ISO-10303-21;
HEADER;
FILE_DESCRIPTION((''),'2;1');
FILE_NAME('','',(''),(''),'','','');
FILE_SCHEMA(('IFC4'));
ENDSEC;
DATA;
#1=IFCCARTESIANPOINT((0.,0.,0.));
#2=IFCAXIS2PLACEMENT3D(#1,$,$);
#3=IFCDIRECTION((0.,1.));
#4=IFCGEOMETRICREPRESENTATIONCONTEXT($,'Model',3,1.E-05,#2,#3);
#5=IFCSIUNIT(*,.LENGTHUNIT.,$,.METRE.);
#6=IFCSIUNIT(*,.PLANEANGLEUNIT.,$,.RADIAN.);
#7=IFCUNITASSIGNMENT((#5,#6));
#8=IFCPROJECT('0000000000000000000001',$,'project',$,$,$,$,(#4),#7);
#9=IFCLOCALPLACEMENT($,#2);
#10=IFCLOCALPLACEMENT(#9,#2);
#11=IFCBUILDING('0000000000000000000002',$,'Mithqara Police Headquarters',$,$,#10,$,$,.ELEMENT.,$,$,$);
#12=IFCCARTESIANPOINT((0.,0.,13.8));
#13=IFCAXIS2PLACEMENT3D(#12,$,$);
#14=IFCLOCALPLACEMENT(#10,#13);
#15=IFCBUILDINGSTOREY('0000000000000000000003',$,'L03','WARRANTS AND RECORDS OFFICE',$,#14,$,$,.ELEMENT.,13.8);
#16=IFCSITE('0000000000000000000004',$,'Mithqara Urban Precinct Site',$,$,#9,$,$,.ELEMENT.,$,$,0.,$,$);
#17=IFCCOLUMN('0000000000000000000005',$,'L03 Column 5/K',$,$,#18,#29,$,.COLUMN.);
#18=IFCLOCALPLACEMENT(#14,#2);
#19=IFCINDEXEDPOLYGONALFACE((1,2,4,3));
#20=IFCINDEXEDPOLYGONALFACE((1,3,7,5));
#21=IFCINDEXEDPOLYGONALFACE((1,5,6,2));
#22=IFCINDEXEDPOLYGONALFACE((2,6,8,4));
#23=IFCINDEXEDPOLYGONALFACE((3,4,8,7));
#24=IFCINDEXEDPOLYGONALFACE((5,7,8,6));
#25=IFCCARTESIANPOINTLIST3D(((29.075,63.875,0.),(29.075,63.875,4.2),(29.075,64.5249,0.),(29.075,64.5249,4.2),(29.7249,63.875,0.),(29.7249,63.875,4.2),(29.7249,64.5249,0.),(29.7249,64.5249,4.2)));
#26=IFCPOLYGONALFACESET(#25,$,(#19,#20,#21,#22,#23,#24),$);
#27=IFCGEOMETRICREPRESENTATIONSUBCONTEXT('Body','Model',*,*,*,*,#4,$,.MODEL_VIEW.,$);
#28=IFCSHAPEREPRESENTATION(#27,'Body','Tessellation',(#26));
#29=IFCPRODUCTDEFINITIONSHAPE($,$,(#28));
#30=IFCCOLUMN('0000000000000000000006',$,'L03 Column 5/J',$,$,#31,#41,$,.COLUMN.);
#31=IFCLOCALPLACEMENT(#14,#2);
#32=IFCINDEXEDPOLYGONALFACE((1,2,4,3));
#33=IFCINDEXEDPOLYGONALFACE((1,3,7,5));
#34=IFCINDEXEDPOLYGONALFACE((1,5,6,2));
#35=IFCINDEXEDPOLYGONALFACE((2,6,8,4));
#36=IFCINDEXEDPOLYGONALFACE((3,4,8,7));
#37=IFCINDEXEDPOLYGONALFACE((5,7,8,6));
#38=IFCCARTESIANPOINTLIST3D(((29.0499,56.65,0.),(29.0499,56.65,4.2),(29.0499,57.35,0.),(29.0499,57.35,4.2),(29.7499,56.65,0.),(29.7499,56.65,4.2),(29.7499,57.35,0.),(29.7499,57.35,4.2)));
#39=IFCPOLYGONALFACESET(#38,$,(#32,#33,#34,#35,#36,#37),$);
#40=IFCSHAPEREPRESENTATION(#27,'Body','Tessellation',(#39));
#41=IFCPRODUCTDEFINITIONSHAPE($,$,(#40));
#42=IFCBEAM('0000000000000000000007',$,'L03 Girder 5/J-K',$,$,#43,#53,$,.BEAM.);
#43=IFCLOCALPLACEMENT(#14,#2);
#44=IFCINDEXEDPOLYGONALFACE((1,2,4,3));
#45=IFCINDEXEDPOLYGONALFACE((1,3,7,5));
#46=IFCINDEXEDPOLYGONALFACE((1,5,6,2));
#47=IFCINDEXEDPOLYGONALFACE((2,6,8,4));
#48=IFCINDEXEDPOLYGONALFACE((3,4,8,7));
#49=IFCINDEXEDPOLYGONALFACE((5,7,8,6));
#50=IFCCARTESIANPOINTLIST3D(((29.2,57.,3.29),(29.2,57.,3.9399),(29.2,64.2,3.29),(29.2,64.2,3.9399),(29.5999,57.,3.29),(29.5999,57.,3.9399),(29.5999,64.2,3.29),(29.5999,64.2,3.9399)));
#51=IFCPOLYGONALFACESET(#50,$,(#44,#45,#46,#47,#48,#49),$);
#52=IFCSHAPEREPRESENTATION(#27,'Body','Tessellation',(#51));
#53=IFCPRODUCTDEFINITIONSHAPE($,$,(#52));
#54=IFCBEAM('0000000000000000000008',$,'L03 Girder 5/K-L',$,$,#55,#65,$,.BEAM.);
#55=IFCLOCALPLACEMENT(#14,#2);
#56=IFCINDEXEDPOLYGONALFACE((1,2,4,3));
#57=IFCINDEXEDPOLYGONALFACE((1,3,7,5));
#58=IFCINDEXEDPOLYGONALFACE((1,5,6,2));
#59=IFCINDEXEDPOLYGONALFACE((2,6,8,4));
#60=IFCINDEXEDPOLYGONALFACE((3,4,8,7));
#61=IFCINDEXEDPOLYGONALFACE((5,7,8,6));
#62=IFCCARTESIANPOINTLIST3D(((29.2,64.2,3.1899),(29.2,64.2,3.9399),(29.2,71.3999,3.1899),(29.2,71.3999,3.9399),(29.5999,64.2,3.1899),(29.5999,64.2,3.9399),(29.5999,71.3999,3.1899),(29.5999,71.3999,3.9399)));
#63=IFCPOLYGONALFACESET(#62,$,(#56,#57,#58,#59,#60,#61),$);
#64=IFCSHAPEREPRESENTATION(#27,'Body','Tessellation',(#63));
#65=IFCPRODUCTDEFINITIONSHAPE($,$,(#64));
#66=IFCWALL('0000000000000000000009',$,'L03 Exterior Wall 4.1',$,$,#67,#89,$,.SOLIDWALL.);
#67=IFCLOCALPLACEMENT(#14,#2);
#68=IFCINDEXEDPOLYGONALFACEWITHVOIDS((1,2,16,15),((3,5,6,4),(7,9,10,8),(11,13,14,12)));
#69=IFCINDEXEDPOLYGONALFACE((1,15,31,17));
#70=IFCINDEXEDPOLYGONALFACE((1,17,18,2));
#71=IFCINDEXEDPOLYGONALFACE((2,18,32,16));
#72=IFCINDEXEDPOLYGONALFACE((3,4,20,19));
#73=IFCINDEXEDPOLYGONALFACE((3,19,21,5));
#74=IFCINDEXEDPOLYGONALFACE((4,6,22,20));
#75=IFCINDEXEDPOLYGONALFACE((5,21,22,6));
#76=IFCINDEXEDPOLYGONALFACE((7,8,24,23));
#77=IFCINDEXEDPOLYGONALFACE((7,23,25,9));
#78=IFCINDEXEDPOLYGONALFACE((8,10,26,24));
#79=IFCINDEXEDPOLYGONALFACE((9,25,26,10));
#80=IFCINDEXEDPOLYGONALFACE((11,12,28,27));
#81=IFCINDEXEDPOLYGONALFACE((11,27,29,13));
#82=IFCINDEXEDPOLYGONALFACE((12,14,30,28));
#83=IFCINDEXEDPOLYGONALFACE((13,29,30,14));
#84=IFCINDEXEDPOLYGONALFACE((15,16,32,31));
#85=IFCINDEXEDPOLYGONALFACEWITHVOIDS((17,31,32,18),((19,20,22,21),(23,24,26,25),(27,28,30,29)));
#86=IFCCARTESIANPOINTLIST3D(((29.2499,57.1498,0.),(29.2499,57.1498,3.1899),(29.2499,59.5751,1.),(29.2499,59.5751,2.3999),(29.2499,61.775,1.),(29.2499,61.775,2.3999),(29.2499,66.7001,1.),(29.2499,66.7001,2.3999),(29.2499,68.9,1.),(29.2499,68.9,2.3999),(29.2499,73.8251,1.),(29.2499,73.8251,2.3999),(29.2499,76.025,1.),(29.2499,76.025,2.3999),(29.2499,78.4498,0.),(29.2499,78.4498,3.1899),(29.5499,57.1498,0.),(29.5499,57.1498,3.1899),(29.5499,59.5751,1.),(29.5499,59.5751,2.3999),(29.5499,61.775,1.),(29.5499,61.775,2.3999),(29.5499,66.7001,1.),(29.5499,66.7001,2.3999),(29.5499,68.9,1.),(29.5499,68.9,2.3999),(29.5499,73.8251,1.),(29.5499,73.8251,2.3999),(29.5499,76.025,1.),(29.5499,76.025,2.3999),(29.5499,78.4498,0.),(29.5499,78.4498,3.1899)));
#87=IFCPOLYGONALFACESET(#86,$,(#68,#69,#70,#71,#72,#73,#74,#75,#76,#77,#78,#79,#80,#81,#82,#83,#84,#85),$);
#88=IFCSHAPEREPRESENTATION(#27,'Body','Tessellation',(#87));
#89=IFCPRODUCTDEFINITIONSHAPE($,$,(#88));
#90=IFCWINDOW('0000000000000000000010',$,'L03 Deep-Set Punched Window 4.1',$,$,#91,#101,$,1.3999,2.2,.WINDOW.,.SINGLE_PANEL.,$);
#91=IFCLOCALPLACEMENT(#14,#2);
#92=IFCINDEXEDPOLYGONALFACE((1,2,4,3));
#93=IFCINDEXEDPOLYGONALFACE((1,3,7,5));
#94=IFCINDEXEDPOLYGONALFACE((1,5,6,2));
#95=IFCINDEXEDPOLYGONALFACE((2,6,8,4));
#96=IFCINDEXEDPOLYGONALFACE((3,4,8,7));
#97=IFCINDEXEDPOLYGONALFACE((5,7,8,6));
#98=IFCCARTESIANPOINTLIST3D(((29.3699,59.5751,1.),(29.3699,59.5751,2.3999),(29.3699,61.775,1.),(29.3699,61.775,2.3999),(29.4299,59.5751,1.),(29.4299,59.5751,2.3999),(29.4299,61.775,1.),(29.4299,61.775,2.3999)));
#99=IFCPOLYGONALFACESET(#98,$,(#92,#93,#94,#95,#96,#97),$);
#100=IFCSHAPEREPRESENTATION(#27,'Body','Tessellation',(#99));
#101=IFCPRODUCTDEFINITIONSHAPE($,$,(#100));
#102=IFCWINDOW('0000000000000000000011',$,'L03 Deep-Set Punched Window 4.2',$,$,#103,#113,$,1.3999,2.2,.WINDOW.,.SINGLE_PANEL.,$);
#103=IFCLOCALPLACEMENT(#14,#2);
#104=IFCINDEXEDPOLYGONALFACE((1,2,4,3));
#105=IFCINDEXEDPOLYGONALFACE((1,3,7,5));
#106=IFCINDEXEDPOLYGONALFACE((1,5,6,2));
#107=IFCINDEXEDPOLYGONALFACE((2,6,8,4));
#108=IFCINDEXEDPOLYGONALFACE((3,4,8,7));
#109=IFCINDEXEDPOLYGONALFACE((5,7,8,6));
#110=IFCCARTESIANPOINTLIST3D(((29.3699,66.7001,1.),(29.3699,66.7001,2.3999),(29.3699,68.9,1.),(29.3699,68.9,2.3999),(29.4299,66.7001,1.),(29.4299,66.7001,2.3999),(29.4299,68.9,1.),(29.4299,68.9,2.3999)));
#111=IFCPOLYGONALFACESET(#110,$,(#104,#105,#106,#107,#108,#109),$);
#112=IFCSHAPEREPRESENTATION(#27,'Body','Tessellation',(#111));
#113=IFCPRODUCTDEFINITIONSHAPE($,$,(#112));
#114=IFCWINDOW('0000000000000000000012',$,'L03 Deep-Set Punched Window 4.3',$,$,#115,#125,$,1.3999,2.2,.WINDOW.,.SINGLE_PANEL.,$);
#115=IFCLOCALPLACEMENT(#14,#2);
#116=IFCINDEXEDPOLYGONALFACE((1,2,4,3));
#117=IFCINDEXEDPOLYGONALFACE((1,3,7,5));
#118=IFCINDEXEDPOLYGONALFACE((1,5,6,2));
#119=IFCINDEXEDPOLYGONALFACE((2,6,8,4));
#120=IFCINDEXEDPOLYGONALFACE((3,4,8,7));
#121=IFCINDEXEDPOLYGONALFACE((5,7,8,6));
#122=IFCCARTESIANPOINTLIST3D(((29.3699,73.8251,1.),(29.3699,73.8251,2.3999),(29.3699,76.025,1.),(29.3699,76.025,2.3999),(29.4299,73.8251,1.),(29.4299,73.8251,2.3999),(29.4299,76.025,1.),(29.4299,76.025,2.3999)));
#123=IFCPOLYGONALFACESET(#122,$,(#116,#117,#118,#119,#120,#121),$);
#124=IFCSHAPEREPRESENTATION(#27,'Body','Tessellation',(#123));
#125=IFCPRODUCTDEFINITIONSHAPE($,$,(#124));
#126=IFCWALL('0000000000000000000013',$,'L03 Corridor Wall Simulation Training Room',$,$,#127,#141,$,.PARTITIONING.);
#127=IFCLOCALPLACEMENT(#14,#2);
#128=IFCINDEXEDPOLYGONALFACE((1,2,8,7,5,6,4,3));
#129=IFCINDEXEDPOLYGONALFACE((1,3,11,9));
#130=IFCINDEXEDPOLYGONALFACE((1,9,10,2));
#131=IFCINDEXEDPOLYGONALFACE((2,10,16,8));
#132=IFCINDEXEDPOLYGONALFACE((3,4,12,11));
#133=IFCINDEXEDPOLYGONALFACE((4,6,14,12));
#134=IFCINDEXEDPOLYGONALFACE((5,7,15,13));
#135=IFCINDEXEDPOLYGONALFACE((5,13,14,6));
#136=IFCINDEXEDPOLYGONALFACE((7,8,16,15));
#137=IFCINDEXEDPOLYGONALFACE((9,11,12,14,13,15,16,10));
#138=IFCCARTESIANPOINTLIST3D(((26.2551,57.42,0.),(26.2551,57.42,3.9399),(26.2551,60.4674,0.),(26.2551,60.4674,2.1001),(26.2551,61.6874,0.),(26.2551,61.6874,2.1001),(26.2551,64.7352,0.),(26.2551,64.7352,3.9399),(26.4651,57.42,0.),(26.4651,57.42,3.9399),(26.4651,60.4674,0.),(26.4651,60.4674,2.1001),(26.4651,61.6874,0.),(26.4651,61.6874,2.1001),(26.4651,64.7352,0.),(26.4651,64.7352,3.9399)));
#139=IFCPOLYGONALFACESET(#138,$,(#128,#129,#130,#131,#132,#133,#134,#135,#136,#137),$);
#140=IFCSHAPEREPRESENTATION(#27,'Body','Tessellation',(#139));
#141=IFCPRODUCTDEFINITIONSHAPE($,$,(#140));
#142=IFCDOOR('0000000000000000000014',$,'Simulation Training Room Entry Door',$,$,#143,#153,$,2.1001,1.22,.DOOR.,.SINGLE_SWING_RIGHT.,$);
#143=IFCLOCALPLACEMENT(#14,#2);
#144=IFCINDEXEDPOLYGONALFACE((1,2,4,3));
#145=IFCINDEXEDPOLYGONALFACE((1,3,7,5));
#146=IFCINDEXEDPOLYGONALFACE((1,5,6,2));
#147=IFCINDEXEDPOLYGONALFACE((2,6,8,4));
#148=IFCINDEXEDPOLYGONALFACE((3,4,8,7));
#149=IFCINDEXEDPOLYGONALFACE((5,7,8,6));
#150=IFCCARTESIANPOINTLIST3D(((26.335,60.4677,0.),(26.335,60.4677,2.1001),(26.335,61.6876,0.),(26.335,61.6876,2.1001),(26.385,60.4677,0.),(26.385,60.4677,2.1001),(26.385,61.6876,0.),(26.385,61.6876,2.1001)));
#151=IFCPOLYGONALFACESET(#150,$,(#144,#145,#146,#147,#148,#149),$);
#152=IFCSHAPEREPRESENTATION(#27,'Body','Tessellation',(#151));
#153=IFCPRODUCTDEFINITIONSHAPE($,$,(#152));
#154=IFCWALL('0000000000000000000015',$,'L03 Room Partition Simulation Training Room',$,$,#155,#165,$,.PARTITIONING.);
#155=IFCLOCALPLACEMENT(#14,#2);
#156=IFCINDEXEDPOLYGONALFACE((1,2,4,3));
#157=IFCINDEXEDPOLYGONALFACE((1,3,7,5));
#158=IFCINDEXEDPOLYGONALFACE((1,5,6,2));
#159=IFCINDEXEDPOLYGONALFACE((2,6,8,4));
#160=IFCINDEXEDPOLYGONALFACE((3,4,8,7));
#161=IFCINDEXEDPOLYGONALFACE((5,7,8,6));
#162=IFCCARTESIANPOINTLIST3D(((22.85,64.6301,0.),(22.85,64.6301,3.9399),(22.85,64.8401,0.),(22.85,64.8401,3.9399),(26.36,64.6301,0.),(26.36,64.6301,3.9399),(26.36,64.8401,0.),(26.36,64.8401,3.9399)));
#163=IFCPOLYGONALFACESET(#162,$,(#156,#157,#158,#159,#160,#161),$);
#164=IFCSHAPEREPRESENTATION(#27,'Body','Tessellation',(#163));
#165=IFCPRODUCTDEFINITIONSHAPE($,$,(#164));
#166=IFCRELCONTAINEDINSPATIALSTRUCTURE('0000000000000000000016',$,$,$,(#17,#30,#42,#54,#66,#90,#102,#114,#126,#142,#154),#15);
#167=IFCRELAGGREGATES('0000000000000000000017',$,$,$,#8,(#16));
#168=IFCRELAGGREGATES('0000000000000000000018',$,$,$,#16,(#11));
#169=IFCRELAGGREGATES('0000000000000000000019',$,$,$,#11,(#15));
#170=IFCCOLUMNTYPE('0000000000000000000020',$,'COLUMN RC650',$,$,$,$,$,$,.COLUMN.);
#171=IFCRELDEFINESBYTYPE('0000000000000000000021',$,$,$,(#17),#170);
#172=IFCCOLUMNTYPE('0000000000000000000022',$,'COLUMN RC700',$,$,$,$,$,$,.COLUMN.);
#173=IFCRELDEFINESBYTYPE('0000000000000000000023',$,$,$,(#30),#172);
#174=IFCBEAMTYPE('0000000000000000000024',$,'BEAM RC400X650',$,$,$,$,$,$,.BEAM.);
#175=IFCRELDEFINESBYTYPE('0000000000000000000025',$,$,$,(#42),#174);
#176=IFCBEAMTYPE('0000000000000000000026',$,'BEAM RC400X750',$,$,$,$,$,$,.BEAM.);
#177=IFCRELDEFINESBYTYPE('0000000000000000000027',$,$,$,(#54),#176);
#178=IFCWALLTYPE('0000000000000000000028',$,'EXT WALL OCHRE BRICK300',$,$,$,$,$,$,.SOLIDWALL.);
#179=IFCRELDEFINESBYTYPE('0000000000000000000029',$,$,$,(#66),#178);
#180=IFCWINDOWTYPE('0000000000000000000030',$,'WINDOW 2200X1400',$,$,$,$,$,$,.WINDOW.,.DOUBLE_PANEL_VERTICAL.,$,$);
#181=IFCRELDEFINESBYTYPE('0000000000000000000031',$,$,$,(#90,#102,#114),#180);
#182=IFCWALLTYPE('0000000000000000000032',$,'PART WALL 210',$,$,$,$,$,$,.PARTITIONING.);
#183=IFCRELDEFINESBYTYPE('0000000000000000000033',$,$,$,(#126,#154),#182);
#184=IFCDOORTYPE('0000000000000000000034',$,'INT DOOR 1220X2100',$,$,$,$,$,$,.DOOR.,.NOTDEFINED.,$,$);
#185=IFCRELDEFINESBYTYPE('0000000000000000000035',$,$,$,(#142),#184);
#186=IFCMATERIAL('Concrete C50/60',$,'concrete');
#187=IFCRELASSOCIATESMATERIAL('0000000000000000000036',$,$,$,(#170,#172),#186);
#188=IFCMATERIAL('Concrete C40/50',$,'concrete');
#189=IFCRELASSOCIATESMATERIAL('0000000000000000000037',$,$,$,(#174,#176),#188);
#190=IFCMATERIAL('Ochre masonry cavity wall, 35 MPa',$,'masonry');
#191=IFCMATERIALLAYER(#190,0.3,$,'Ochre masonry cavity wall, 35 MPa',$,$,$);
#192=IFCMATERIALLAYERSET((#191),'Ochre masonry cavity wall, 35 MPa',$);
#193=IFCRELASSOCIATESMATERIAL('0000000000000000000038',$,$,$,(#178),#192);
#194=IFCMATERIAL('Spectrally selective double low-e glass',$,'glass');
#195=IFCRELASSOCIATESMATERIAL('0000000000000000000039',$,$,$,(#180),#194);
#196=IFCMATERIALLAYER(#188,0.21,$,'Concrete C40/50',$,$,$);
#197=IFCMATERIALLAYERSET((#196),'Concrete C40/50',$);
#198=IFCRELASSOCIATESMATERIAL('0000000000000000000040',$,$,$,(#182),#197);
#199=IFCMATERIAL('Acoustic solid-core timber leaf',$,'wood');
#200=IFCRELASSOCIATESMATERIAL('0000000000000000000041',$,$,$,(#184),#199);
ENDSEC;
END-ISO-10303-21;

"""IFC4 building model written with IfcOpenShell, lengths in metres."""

from ifc_helpers import new_model, si_unit, direction, frame, frame_2d, origin, origin_2d, place, context, subcontext, project, spatial, rectangle, extrude, material, layer, layer_set, material_profile, profile_set, type_object, element, fill, save


model = new_model("IFC4")

# Units and contexts
model_context = context("Model", 3, precision=1e-05, world=origin(), true_north=direction((0.0, 1.0)))
body_context = subcontext(model_context, "Body", "Model", "MODEL_VIEW")
ifc_project = project(units=[si_unit("LENGTHUNIT", "METRE"), si_unit("PLANEANGLEUNIT", "RADIAN")], contexts=[model_context])

# Site, building, storey
site_placement = place(None, origin())
site = spatial("IfcSite", under=ifc_project, at=site_placement, Name="Mithqara Urban Precinct Site", CompositionType="ELEMENT", RefElevation=0.0)
building_placement = place(site_placement, origin())
building = spatial("IfcBuilding", under=site, at=building_placement, Name="Mithqara Police Headquarters", CompositionType="ELEMENT")
storey_placement = place(building_placement, frame((0.0, 0.0, 13.8)))
storey = spatial("IfcBuildingStorey", under=building, at=storey_placement, Name="L03", Description="WARRANTS AND RECORDS OFFICE", CompositionType="ELEMENT", Elevation=13.8)

# Columns
ifc_material_1 = material(Name="Concrete C50/60", Category="concrete")
ifc_material_profile_1 = material_profile(ifc_material_1, rectangle(XDim=0.6499, YDim=0.6499, at=origin_2d()), Name="RC 650x650")
ifc_profile_set_1 = profile_set([ifc_material_profile_1], Name="Concrete C50/60")
column_type_1 = type_object("IfcColumnType", Name="COLUMN RC650", PredefinedType="COLUMN", material=ifc_profile_set_1)
column_1_placement = place(storey_placement, frame((29.3999, 64.2, 0.0), z_axis=(0.0, 0.0, 1.0), x_axis=(1.0, 0.0, 0.0)))
element("IfcColumn", 1, at=column_1_placement, inside=storey, type_object=column_type_1, Name="L03 Column 5/K", PredefinedType="COLUMN", context=body_context, shape_type="SweptSolid", body=[
    extrude(rectangle(XDim=0.6499, YDim=0.6499, at=origin_2d()), origin(), (0.0, 0.0, 1.0), 4.2),
])
ifc_material_profile_2 = material_profile(ifc_material_1, rectangle(XDim=0.7, YDim=0.7, at=origin_2d()), Name="RC 700x700")
ifc_profile_set_2 = profile_set([ifc_material_profile_2], Name="Concrete C50/60")
column_type_2 = type_object("IfcColumnType", Name="COLUMN RC700", PredefinedType="COLUMN", material=ifc_profile_set_2)
column_2_placement = place(storey_placement, frame((29.3999, 57.0, 0.0), z_axis=(0.0, 0.0, 1.0), x_axis=(1.0, 0.0, 0.0)))
element("IfcColumn", 2, at=column_2_placement, inside=storey, type_object=column_type_2, Name="L03 Column 5/J", PredefinedType="COLUMN", context=body_context, shape_type="SweptSolid", body=[
    extrude(rectangle(XDim=0.7, YDim=0.7, at=origin_2d()), origin(), (0.0, 0.0, 1.0), 4.2),
])

# Beams
ifc_material_2 = material(Name="Concrete C40/50", Category="concrete")
ifc_material_profile_3 = material_profile(ifc_material_2, rectangle(XDim=0.3999, YDim=0.6499, at=origin_2d()), Name="RC 400x650")
ifc_profile_set_3 = profile_set([ifc_material_profile_3], Name="Concrete C40/50")
beam_type_1 = type_object("IfcBeamType", Name="BEAM RC400X650", PredefinedType="BEAM", material=ifc_profile_set_3)
beam_1_placement = place(storey_placement, frame((29.3999, 57.0, 3.615), z_axis=(0.0, 1.0, 0.0), x_axis=(-1.0, 0.0, 0.0)))
element("IfcBeam", 3, at=beam_1_placement, inside=storey, type_object=beam_type_1, Name="L03 Girder 5/J-K", PredefinedType="BEAM", context=body_context, shape_type="SweptSolid", body=[
    extrude(rectangle(XDim=0.3999, YDim=0.6499, at=origin_2d()), origin(), (0.0, 0.0, 1.0), 7.2),
])
ifc_material_profile_4 = material_profile(ifc_material_2, rectangle(XDim=0.3999, YDim=0.75, at=origin_2d()), Name="RC 400x750")
ifc_profile_set_4 = profile_set([ifc_material_profile_4], Name="Concrete C40/50")
beam_type_2 = type_object("IfcBeamType", Name="BEAM RC400X750", PredefinedType="BEAM", material=ifc_profile_set_4)
beam_2_placement = place(storey_placement, frame((29.3999, 64.2, 3.5649), z_axis=(0.0, 1.0, 0.0), x_axis=(-1.0, 0.0, 0.0)))
element("IfcBeam", 4, at=beam_2_placement, inside=storey, type_object=beam_type_2, Name="L03 Girder 5/K-L", PredefinedType="BEAM", context=body_context, shape_type="SweptSolid", body=[
    extrude(rectangle(XDim=0.3999, YDim=0.75, at=origin_2d()), origin(), (0.0, 0.0, 1.0), 7.2),
])

# Wall, openings, windows
ifc_material_3 = material(Name="Ochre masonry cavity wall, 35 MPa", Category="masonry")
ifc_layer_1 = layer(ifc_material_3, 0.3, Name="Ochre masonry cavity wall, 35 MPa")
ifc_layer_set_1 = layer_set([ifc_layer_1], Name="Ochre masonry cavity wall, 35 MPa")
wall_type_1 = type_object("IfcWallType", Name="EXT WALL OCHRE BRICK300", PredefinedType="SOLIDWALL", material=ifc_layer_set_1)
wall_1_placement = place(storey_placement, frame((29.3999, 57.1499, 0.0), z_axis=(0.0, 0.0, 1.0), x_axis=(0.0, 1.0, 0.0)))
wall_1 = element("IfcWall", 5, at=wall_1_placement, inside=storey, type_object=wall_type_1, Name="L03 Exterior Wall 4.1", PredefinedType="SOLIDWALL", context=body_context, shape_type="SweptSolid", body=[
    extrude(rectangle(XDim=21.3, YDim=0.3, at=frame_2d((10.6499, 0.0))), origin(), (0.0, 0.0, 1.0), 3.1899),
])
opening_1_placement = place(wall_1_placement, frame((2.425, 0.0, 1.0)))
opening_1 = element("IfcOpeningElement", 6, at=opening_1_placement, cuts=wall_1, PredefinedType="OPENING", context=body_context, shape_type="SweptSolid", body=[
    extrude(rectangle(XDim=2.2, YDim=1.3999, at=frame_2d((1.1001, 0.7))), frame((0.0, 0.1602, 0.0), z_axis=(0.0, -1.0, 0.0), x_axis=(1.0, 0.0, 0.0)), (0.0, 0.0, 1.0), 0.3201),
])
opening_2_placement = place(wall_1_placement, frame((9.55, 0.0, 1.0)))
opening_2 = element("IfcOpeningElement", 7, at=opening_2_placement, cuts=wall_1, PredefinedType="OPENING", context=body_context, shape_type="SweptSolid", body=[
    extrude(rectangle(XDim=2.2, YDim=1.3999, at=frame_2d((1.1001, 0.7))), frame((0.0, 0.1602, 0.0), z_axis=(0.0, -1.0, 0.0), x_axis=(1.0, 0.0, 0.0)), (0.0, 0.0, 1.0), 0.3201),
])
opening_3_placement = place(wall_1_placement, frame((16.675, 0.0, 1.0)))
opening_3 = element("IfcOpeningElement", 8, at=opening_3_placement, cuts=wall_1, PredefinedType="OPENING", context=body_context, shape_type="SweptSolid", body=[
    extrude(rectangle(XDim=2.2, YDim=1.3999, at=frame_2d((1.1001, 0.7))), frame((0.0, 0.1602, 0.0), z_axis=(0.0, -1.0, 0.0), x_axis=(1.0, 0.0, 0.0)), (0.0, 0.0, 1.0), 0.3201),
])
ifc_material_4 = material(Name="Spectrally selective double low-e glass", Category="glass")
window_type = type_object("IfcWindowType", Name="WINDOW 2200X1400", PartitioningType="DOUBLE_PANEL_VERTICAL", PredefinedType="WINDOW", material=ifc_material_4)
window_1_placement = place(opening_1_placement, origin())
window_1 = element("IfcWindow", 9, at=window_1_placement, inside=storey, type_object=window_type, Name="L03 Deep-Set Punched Window 4.1", OverallHeight=1.3999, OverallWidth=2.2, PartitioningType="SINGLE_PANEL", PredefinedType="WINDOW", context=body_context, shape_type="SweptSolid", body=[
    extrude(rectangle(XDim=2.2, YDim=1.3999, at=frame_2d((1.1001, 0.7))), frame((0.0, 0.03, 0.0), z_axis=(0.0, -1.0, 0.0), x_axis=(1.0, 0.0, 0.0)), (0.0, 0.0, 1.0), 0.0601),
])
fill(opening_1, window_1)
window_2_placement = place(opening_2_placement, origin())
window_2 = element("IfcWindow", 10, at=window_2_placement, inside=storey, type_object=window_type, Name="L03 Deep-Set Punched Window 4.2", OverallHeight=1.3999, OverallWidth=2.2, PartitioningType="SINGLE_PANEL", PredefinedType="WINDOW", context=body_context, shape_type="SweptSolid", body=[
    extrude(rectangle(XDim=2.2, YDim=1.3999, at=frame_2d((1.1001, 0.7))), frame((0.0, 0.03, 0.0), z_axis=(0.0, -1.0, 0.0), x_axis=(1.0, 0.0, 0.0)), (0.0, 0.0, 1.0), 0.0601),
])
fill(opening_2, window_2)
window_3_placement = place(opening_3_placement, origin())
window_3 = element("IfcWindow", 11, at=window_3_placement, inside=storey, type_object=window_type, Name="L03 Deep-Set Punched Window 4.3", OverallHeight=1.3999, OverallWidth=2.2, PartitioningType="SINGLE_PANEL", PredefinedType="WINDOW", context=body_context, shape_type="SweptSolid", body=[
    extrude(rectangle(XDim=2.2, YDim=1.3999, at=frame_2d((1.1001, 0.7))), frame((0.0, 0.03, 0.0), z_axis=(0.0, -1.0, 0.0), x_axis=(1.0, 0.0, 0.0)), (0.0, 0.0, 1.0), 0.0601),
])
fill(opening_3, window_3)

# Wall, opening, door
ifc_layer_2 = layer(ifc_material_2, 0.21, Name="Concrete C40/50")
ifc_layer_set_2 = layer_set([ifc_layer_2], Name="Concrete C40/50")
wall_type_2 = type_object("IfcWallType", Name="PART WALL 210", PredefinedType="PARTITIONING", material=ifc_layer_set_2)
wall_2_placement = place(storey_placement, frame((26.3601, 57.4199, 0.0), z_axis=(0.0, 0.0, 1.0), x_axis=(0.0, 1.0, 0.0)))
wall_2 = element("IfcWall", 12, at=wall_2_placement, inside=storey, type_object=wall_type_2, Name="L03 Corridor Wall Simulation Training Room", PredefinedType="PARTITIONING", context=body_context, shape_type="SweptSolid", body=[
    extrude(rectangle(XDim=7.3152, YDim=0.21, at=frame_2d((3.6577, 0.0))), origin(), (0.0, 0.0, 1.0), 3.9399),
])
opening_4_placement = place(wall_2_placement, frame((3.0476, 0.0, 0.0)))
opening_4 = element("IfcOpeningElement", 13, at=opening_4_placement, cuts=wall_2, PredefinedType="OPENING", context=body_context, shape_type="SweptSolid", body=[
    extrude(rectangle(XDim=1.22, YDim=2.1001, at=frame_2d((0.6099, 1.05))), frame((0.0, 0.115, 0.0), z_axis=(0.0, -1.0, 0.0), x_axis=(1.0, 0.0, 0.0)), (0.0, 0.0, 1.0), 0.23),
])
ifc_material_5 = material(Name="Acoustic solid-core timber leaf", Category="wood")
door_type_1 = type_object("IfcDoorType", Name="INT DOOR 1220X2100", OperationType="NOTDEFINED", PredefinedType="DOOR", material=ifc_material_5)
door_1_placement = place(opening_4_placement, frame((1.22, 0.0, 0.0), z_axis=(0.0, 0.0, 1.0), x_axis=(-1.0, 0.0, 0.0)))
door_1 = element("IfcDoor", 14, at=door_1_placement, inside=storey, type_object=door_type_1, Name="Simulation Training Room Entry Door", OperationType="SINGLE_SWING_RIGHT", OverallHeight=2.1001, OverallWidth=1.22, PredefinedType="DOOR", context=body_context, shape_type="SweptSolid", body=[
    extrude(rectangle(XDim=1.22, YDim=2.1001, at=frame_2d((0.6099, 1.05))), frame((0.0, 0.0249, 0.0), z_axis=(0.0, -1.0, 0.0), x_axis=(1.0, 0.0, 0.0)), (0.0, 0.0, 1.0), 0.05),
])
fill(opening_4, door_1)

# Wall
wall_3_placement = place(storey_placement, frame((22.8501, 64.7351, 0.0), z_axis=(0.0, 0.0, 1.0), x_axis=(1.0, 0.0, 0.0)))
element("IfcWall", 15, at=wall_3_placement, inside=storey, type_object=wall_type_2, Name="L03 Room Partition Simulation Training Room", PredefinedType="PARTITIONING", context=body_context, shape_type="SweptSolid", body=[
    extrude(rectangle(XDim=3.51, YDim=0.21, at=frame_2d((1.7549, 0.0))), origin(), (0.0, 0.0, 1.0), 3.9399),
])

save(model, "model.ifc")
